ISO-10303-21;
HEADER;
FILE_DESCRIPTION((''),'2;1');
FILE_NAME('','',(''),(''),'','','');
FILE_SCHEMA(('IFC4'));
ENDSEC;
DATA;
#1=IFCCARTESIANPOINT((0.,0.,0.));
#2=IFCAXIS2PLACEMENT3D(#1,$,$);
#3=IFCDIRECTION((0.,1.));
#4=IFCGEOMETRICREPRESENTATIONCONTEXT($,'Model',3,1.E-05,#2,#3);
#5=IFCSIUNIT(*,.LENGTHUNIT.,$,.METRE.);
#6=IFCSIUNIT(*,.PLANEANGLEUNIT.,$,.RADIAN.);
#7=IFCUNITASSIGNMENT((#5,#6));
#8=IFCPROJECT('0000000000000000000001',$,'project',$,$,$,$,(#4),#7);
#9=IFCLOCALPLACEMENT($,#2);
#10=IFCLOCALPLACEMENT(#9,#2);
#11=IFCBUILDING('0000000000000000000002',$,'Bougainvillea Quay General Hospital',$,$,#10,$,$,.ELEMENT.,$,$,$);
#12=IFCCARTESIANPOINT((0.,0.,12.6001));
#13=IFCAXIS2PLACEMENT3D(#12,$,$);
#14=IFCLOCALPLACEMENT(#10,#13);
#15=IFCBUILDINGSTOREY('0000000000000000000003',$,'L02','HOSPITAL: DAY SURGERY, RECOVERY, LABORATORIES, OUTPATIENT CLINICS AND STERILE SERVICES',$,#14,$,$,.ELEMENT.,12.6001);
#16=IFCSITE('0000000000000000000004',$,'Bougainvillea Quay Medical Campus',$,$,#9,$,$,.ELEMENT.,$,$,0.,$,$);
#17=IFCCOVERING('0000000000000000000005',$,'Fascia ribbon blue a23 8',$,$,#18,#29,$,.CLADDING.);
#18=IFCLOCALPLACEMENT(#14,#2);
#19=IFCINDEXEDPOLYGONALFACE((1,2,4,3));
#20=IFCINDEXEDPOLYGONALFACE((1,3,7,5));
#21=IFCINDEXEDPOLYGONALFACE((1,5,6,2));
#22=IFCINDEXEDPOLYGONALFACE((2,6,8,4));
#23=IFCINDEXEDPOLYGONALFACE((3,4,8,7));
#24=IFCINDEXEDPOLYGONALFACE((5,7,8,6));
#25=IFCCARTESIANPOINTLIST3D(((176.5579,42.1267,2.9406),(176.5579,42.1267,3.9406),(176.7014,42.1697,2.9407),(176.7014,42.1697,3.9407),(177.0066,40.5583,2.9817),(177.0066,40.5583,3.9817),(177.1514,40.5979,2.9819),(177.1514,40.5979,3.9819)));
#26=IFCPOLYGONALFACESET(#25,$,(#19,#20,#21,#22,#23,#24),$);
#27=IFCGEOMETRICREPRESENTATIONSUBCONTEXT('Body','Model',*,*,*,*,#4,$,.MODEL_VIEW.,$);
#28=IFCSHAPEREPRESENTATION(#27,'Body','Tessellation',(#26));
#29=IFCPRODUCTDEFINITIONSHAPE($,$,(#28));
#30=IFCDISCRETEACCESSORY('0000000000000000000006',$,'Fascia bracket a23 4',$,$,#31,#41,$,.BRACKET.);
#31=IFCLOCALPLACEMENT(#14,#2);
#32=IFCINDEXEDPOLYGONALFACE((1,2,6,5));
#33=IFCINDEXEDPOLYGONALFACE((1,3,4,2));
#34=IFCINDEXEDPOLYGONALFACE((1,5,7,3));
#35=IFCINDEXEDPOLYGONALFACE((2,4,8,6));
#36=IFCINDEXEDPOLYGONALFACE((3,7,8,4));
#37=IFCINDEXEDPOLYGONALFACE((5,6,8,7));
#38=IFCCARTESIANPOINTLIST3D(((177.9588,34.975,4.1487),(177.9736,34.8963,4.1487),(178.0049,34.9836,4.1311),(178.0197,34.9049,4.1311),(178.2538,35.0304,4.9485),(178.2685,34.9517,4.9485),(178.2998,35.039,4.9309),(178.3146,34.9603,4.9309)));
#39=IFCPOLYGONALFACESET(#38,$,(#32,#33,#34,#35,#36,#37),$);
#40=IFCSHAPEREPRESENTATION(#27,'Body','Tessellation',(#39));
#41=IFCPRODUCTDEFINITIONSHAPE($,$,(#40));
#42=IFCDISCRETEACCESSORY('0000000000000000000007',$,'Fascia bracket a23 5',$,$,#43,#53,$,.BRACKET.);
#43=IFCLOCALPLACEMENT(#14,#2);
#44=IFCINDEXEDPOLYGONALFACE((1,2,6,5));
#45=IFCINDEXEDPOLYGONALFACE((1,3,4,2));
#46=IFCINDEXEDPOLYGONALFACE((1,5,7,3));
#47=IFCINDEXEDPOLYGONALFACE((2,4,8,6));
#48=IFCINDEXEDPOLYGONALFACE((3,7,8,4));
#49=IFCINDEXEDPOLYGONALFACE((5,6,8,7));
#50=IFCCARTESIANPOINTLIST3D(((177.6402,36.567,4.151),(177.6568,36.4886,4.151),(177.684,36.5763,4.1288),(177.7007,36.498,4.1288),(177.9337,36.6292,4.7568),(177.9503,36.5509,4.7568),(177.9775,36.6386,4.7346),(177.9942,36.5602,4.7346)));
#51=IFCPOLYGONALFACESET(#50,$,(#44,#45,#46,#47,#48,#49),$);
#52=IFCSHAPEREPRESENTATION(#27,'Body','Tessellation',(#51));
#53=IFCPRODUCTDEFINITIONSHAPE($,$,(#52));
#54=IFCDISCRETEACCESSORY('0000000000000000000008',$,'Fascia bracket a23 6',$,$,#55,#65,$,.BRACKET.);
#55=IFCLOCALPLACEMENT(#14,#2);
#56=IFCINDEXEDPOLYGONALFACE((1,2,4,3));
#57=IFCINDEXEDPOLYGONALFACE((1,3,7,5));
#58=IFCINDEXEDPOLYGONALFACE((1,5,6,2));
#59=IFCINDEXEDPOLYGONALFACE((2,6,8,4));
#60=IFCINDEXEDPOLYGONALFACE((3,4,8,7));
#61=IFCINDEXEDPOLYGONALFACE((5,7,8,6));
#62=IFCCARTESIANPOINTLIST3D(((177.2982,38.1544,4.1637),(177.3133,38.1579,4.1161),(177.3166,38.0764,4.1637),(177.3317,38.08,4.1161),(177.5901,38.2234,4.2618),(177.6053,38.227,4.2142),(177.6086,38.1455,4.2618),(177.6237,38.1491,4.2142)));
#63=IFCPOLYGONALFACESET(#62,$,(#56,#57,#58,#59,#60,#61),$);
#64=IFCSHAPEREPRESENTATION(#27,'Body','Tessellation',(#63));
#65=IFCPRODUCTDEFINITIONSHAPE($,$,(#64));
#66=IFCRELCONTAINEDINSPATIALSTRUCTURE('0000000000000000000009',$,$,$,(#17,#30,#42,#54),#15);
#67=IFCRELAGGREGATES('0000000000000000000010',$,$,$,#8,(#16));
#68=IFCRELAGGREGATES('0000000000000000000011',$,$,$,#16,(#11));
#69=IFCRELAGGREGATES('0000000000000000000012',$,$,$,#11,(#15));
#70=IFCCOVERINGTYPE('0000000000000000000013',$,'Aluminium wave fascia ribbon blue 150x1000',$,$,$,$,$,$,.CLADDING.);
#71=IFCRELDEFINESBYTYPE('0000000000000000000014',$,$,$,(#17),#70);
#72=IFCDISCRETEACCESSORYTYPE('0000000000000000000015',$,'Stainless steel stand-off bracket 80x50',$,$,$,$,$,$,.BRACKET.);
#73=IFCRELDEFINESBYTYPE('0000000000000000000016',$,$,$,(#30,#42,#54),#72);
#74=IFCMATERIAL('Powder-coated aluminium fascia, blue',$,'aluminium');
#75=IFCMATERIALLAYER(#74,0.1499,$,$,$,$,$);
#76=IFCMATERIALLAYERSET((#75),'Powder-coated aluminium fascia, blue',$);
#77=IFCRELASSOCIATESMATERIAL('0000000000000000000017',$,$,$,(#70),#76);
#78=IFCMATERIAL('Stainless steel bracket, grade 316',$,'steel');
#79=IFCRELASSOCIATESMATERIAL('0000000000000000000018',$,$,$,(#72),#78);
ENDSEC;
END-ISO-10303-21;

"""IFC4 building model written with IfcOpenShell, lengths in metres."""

from ifc_helpers import new_model, si_unit, direction, frame, origin, origin_2d, place, context, subcontext, project, spatial, polyline, rectangle, outline, extrude, material, layer, layer_set, material_profile, profile_set, type_object, element, save


model = new_model("IFC4")

# Units and contexts
model_context = context("Model", 3, precision=1e-05, world=origin(), true_north=direction((0.0, 1.0)))
body_context = subcontext(model_context, "Body", "Model", "MODEL_VIEW")
ifc_project = project(units=[si_unit("LENGTHUNIT", "METRE"), si_unit("PLANEANGLEUNIT", "RADIAN")], contexts=[model_context])

# Site, building, storey
site_placement = place(None, origin())
site = spatial("IfcSite", under=ifc_project, at=site_placement, Name="Bougainvillea Quay Medical Campus", CompositionType="ELEMENT", RefElevation=0.0)
building_placement = place(site_placement, origin())
building = spatial("IfcBuilding", under=site, at=building_placement, Name="Bougainvillea Quay General Hospital", CompositionType="ELEMENT")
storey_placement = place(building_placement, frame((0.0, 0.0, 12.6001)))
storey = spatial("IfcBuildingStorey", under=building, at=storey_placement, Name="L02", Description="HOSPITAL: DAY SURGERY, RECOVERY, LABORATORIES, OUTPATIENT CLINICS AND STERILE SERVICES", CompositionType="ELEMENT", Elevation=12.6001)

# Covering
ifc_material_1 = material(Name="Powder-coated aluminium fascia, blue", Category="aluminium")
ifc_layer_1 = layer(ifc_material_1, 0.1499)
ifc_layer_set_1 = layer_set([ifc_layer_1], Name="Powder-coated aluminium fascia, blue")
covering_type = type_object("IfcCoveringType", Name="Aluminium wave fascia ribbon blue 150x1000", PredefinedType="CLADDING", material=ifc_layer_set_1)
covering_1_placement = place(storey_placement, frame((177.0066, 40.5583, 2.9817), z_axis=(-0.007711, 0.023986, 0.999683), x_axis=(-0.27499, 0.961117, -0.025182)))
element("IfcCovering", 1, at=covering_1_placement, inside=storey, type_object=covering_type, Name="Fascia ribbon blue a23 8", PredefinedType="CLADDING", context=body_context, shape_type="SweptSolid", body=[
    extrude(outline(polyline([(0.0, 0.0), (1.6318, 0.0), (1.6336, -0.1498), (-0.0018, -0.1501), (0.0, 0.0)])), origin(), (-0.025182, -0.000815, 0.999683), 1.0),
])

# Discrete accessories
ifc_material_2 = material(Name="Stainless steel bracket, grade 316", Category="steel")
ifc_material_profile_1 = material_profile(ifc_material_2, rectangle(XDim=0.0801, YDim=0.05, at=origin_2d()))
ifc_profile_set_1 = profile_set([ifc_material_profile_1], Name="Stainless steel bracket, grade 316")
discrete_accessory_type = type_object("IfcDiscreteAccessoryType", Name="Stainless steel stand-off bracket 80x50", PredefinedType="BRACKET", material=ifc_profile_set_1)
discrete_accessory_1_placement = place(storey_placement, frame((177.9893, 34.9399, 4.1399), z_axis=(0.345242, 0.064876, 0.936269), x_axis=(-0.184681, 0.982798, 0.0)))
element("IfcDiscreteAccessory", 2, at=discrete_accessory_1_placement, inside=storey, type_object=discrete_accessory_type, Name="Fascia bracket a23 4", PredefinedType="BRACKET", context=body_context, shape_type="SweptSolid", body=[
    extrude(rectangle(XDim=0.0801, YDim=0.05, at=origin_2d()), origin(), (0.0, 0.0, 1.0), 0.8542),
])
discrete_accessory_2_placement = place(storey_placement, frame((177.6704, 36.5325, 4.1399), z_axis=(0.434153, 0.092104, 0.896118), x_axis=(-0.207528, 0.978229, 0.0)))
element("IfcDiscreteAccessory", 3, at=discrete_accessory_2_placement, inside=storey, type_object=discrete_accessory_type, Name="Fascia bracket a23 5", PredefinedType="BRACKET", context=body_context, shape_type="SweptSolid", body=[
    extrude(rectangle(XDim=0.0801, YDim=0.05, at=origin_2d()), origin(), (0.0, 0.0, 1.0), 0.676),
])
discrete_accessory_3_placement = place(storey_placement, frame((177.3149, 38.1172, 4.1399), z_axis=(0.924909, 0.218854, 0.310881), x_axis=(-0.230264, 0.973128, 0.0)))
element("IfcDiscreteAccessory", 4, at=discrete_accessory_3_placement, inside=storey, type_object=discrete_accessory_type, Name="Fascia bracket a23 6", PredefinedType="BRACKET", context=body_context, shape_type="SweptSolid", body=[
    extrude(rectangle(XDim=0.0801, YDim=0.05, at=origin_2d()), origin(), (0.0, 0.0, 1.0), 0.3157),
])

save(model, "model.ifc")
